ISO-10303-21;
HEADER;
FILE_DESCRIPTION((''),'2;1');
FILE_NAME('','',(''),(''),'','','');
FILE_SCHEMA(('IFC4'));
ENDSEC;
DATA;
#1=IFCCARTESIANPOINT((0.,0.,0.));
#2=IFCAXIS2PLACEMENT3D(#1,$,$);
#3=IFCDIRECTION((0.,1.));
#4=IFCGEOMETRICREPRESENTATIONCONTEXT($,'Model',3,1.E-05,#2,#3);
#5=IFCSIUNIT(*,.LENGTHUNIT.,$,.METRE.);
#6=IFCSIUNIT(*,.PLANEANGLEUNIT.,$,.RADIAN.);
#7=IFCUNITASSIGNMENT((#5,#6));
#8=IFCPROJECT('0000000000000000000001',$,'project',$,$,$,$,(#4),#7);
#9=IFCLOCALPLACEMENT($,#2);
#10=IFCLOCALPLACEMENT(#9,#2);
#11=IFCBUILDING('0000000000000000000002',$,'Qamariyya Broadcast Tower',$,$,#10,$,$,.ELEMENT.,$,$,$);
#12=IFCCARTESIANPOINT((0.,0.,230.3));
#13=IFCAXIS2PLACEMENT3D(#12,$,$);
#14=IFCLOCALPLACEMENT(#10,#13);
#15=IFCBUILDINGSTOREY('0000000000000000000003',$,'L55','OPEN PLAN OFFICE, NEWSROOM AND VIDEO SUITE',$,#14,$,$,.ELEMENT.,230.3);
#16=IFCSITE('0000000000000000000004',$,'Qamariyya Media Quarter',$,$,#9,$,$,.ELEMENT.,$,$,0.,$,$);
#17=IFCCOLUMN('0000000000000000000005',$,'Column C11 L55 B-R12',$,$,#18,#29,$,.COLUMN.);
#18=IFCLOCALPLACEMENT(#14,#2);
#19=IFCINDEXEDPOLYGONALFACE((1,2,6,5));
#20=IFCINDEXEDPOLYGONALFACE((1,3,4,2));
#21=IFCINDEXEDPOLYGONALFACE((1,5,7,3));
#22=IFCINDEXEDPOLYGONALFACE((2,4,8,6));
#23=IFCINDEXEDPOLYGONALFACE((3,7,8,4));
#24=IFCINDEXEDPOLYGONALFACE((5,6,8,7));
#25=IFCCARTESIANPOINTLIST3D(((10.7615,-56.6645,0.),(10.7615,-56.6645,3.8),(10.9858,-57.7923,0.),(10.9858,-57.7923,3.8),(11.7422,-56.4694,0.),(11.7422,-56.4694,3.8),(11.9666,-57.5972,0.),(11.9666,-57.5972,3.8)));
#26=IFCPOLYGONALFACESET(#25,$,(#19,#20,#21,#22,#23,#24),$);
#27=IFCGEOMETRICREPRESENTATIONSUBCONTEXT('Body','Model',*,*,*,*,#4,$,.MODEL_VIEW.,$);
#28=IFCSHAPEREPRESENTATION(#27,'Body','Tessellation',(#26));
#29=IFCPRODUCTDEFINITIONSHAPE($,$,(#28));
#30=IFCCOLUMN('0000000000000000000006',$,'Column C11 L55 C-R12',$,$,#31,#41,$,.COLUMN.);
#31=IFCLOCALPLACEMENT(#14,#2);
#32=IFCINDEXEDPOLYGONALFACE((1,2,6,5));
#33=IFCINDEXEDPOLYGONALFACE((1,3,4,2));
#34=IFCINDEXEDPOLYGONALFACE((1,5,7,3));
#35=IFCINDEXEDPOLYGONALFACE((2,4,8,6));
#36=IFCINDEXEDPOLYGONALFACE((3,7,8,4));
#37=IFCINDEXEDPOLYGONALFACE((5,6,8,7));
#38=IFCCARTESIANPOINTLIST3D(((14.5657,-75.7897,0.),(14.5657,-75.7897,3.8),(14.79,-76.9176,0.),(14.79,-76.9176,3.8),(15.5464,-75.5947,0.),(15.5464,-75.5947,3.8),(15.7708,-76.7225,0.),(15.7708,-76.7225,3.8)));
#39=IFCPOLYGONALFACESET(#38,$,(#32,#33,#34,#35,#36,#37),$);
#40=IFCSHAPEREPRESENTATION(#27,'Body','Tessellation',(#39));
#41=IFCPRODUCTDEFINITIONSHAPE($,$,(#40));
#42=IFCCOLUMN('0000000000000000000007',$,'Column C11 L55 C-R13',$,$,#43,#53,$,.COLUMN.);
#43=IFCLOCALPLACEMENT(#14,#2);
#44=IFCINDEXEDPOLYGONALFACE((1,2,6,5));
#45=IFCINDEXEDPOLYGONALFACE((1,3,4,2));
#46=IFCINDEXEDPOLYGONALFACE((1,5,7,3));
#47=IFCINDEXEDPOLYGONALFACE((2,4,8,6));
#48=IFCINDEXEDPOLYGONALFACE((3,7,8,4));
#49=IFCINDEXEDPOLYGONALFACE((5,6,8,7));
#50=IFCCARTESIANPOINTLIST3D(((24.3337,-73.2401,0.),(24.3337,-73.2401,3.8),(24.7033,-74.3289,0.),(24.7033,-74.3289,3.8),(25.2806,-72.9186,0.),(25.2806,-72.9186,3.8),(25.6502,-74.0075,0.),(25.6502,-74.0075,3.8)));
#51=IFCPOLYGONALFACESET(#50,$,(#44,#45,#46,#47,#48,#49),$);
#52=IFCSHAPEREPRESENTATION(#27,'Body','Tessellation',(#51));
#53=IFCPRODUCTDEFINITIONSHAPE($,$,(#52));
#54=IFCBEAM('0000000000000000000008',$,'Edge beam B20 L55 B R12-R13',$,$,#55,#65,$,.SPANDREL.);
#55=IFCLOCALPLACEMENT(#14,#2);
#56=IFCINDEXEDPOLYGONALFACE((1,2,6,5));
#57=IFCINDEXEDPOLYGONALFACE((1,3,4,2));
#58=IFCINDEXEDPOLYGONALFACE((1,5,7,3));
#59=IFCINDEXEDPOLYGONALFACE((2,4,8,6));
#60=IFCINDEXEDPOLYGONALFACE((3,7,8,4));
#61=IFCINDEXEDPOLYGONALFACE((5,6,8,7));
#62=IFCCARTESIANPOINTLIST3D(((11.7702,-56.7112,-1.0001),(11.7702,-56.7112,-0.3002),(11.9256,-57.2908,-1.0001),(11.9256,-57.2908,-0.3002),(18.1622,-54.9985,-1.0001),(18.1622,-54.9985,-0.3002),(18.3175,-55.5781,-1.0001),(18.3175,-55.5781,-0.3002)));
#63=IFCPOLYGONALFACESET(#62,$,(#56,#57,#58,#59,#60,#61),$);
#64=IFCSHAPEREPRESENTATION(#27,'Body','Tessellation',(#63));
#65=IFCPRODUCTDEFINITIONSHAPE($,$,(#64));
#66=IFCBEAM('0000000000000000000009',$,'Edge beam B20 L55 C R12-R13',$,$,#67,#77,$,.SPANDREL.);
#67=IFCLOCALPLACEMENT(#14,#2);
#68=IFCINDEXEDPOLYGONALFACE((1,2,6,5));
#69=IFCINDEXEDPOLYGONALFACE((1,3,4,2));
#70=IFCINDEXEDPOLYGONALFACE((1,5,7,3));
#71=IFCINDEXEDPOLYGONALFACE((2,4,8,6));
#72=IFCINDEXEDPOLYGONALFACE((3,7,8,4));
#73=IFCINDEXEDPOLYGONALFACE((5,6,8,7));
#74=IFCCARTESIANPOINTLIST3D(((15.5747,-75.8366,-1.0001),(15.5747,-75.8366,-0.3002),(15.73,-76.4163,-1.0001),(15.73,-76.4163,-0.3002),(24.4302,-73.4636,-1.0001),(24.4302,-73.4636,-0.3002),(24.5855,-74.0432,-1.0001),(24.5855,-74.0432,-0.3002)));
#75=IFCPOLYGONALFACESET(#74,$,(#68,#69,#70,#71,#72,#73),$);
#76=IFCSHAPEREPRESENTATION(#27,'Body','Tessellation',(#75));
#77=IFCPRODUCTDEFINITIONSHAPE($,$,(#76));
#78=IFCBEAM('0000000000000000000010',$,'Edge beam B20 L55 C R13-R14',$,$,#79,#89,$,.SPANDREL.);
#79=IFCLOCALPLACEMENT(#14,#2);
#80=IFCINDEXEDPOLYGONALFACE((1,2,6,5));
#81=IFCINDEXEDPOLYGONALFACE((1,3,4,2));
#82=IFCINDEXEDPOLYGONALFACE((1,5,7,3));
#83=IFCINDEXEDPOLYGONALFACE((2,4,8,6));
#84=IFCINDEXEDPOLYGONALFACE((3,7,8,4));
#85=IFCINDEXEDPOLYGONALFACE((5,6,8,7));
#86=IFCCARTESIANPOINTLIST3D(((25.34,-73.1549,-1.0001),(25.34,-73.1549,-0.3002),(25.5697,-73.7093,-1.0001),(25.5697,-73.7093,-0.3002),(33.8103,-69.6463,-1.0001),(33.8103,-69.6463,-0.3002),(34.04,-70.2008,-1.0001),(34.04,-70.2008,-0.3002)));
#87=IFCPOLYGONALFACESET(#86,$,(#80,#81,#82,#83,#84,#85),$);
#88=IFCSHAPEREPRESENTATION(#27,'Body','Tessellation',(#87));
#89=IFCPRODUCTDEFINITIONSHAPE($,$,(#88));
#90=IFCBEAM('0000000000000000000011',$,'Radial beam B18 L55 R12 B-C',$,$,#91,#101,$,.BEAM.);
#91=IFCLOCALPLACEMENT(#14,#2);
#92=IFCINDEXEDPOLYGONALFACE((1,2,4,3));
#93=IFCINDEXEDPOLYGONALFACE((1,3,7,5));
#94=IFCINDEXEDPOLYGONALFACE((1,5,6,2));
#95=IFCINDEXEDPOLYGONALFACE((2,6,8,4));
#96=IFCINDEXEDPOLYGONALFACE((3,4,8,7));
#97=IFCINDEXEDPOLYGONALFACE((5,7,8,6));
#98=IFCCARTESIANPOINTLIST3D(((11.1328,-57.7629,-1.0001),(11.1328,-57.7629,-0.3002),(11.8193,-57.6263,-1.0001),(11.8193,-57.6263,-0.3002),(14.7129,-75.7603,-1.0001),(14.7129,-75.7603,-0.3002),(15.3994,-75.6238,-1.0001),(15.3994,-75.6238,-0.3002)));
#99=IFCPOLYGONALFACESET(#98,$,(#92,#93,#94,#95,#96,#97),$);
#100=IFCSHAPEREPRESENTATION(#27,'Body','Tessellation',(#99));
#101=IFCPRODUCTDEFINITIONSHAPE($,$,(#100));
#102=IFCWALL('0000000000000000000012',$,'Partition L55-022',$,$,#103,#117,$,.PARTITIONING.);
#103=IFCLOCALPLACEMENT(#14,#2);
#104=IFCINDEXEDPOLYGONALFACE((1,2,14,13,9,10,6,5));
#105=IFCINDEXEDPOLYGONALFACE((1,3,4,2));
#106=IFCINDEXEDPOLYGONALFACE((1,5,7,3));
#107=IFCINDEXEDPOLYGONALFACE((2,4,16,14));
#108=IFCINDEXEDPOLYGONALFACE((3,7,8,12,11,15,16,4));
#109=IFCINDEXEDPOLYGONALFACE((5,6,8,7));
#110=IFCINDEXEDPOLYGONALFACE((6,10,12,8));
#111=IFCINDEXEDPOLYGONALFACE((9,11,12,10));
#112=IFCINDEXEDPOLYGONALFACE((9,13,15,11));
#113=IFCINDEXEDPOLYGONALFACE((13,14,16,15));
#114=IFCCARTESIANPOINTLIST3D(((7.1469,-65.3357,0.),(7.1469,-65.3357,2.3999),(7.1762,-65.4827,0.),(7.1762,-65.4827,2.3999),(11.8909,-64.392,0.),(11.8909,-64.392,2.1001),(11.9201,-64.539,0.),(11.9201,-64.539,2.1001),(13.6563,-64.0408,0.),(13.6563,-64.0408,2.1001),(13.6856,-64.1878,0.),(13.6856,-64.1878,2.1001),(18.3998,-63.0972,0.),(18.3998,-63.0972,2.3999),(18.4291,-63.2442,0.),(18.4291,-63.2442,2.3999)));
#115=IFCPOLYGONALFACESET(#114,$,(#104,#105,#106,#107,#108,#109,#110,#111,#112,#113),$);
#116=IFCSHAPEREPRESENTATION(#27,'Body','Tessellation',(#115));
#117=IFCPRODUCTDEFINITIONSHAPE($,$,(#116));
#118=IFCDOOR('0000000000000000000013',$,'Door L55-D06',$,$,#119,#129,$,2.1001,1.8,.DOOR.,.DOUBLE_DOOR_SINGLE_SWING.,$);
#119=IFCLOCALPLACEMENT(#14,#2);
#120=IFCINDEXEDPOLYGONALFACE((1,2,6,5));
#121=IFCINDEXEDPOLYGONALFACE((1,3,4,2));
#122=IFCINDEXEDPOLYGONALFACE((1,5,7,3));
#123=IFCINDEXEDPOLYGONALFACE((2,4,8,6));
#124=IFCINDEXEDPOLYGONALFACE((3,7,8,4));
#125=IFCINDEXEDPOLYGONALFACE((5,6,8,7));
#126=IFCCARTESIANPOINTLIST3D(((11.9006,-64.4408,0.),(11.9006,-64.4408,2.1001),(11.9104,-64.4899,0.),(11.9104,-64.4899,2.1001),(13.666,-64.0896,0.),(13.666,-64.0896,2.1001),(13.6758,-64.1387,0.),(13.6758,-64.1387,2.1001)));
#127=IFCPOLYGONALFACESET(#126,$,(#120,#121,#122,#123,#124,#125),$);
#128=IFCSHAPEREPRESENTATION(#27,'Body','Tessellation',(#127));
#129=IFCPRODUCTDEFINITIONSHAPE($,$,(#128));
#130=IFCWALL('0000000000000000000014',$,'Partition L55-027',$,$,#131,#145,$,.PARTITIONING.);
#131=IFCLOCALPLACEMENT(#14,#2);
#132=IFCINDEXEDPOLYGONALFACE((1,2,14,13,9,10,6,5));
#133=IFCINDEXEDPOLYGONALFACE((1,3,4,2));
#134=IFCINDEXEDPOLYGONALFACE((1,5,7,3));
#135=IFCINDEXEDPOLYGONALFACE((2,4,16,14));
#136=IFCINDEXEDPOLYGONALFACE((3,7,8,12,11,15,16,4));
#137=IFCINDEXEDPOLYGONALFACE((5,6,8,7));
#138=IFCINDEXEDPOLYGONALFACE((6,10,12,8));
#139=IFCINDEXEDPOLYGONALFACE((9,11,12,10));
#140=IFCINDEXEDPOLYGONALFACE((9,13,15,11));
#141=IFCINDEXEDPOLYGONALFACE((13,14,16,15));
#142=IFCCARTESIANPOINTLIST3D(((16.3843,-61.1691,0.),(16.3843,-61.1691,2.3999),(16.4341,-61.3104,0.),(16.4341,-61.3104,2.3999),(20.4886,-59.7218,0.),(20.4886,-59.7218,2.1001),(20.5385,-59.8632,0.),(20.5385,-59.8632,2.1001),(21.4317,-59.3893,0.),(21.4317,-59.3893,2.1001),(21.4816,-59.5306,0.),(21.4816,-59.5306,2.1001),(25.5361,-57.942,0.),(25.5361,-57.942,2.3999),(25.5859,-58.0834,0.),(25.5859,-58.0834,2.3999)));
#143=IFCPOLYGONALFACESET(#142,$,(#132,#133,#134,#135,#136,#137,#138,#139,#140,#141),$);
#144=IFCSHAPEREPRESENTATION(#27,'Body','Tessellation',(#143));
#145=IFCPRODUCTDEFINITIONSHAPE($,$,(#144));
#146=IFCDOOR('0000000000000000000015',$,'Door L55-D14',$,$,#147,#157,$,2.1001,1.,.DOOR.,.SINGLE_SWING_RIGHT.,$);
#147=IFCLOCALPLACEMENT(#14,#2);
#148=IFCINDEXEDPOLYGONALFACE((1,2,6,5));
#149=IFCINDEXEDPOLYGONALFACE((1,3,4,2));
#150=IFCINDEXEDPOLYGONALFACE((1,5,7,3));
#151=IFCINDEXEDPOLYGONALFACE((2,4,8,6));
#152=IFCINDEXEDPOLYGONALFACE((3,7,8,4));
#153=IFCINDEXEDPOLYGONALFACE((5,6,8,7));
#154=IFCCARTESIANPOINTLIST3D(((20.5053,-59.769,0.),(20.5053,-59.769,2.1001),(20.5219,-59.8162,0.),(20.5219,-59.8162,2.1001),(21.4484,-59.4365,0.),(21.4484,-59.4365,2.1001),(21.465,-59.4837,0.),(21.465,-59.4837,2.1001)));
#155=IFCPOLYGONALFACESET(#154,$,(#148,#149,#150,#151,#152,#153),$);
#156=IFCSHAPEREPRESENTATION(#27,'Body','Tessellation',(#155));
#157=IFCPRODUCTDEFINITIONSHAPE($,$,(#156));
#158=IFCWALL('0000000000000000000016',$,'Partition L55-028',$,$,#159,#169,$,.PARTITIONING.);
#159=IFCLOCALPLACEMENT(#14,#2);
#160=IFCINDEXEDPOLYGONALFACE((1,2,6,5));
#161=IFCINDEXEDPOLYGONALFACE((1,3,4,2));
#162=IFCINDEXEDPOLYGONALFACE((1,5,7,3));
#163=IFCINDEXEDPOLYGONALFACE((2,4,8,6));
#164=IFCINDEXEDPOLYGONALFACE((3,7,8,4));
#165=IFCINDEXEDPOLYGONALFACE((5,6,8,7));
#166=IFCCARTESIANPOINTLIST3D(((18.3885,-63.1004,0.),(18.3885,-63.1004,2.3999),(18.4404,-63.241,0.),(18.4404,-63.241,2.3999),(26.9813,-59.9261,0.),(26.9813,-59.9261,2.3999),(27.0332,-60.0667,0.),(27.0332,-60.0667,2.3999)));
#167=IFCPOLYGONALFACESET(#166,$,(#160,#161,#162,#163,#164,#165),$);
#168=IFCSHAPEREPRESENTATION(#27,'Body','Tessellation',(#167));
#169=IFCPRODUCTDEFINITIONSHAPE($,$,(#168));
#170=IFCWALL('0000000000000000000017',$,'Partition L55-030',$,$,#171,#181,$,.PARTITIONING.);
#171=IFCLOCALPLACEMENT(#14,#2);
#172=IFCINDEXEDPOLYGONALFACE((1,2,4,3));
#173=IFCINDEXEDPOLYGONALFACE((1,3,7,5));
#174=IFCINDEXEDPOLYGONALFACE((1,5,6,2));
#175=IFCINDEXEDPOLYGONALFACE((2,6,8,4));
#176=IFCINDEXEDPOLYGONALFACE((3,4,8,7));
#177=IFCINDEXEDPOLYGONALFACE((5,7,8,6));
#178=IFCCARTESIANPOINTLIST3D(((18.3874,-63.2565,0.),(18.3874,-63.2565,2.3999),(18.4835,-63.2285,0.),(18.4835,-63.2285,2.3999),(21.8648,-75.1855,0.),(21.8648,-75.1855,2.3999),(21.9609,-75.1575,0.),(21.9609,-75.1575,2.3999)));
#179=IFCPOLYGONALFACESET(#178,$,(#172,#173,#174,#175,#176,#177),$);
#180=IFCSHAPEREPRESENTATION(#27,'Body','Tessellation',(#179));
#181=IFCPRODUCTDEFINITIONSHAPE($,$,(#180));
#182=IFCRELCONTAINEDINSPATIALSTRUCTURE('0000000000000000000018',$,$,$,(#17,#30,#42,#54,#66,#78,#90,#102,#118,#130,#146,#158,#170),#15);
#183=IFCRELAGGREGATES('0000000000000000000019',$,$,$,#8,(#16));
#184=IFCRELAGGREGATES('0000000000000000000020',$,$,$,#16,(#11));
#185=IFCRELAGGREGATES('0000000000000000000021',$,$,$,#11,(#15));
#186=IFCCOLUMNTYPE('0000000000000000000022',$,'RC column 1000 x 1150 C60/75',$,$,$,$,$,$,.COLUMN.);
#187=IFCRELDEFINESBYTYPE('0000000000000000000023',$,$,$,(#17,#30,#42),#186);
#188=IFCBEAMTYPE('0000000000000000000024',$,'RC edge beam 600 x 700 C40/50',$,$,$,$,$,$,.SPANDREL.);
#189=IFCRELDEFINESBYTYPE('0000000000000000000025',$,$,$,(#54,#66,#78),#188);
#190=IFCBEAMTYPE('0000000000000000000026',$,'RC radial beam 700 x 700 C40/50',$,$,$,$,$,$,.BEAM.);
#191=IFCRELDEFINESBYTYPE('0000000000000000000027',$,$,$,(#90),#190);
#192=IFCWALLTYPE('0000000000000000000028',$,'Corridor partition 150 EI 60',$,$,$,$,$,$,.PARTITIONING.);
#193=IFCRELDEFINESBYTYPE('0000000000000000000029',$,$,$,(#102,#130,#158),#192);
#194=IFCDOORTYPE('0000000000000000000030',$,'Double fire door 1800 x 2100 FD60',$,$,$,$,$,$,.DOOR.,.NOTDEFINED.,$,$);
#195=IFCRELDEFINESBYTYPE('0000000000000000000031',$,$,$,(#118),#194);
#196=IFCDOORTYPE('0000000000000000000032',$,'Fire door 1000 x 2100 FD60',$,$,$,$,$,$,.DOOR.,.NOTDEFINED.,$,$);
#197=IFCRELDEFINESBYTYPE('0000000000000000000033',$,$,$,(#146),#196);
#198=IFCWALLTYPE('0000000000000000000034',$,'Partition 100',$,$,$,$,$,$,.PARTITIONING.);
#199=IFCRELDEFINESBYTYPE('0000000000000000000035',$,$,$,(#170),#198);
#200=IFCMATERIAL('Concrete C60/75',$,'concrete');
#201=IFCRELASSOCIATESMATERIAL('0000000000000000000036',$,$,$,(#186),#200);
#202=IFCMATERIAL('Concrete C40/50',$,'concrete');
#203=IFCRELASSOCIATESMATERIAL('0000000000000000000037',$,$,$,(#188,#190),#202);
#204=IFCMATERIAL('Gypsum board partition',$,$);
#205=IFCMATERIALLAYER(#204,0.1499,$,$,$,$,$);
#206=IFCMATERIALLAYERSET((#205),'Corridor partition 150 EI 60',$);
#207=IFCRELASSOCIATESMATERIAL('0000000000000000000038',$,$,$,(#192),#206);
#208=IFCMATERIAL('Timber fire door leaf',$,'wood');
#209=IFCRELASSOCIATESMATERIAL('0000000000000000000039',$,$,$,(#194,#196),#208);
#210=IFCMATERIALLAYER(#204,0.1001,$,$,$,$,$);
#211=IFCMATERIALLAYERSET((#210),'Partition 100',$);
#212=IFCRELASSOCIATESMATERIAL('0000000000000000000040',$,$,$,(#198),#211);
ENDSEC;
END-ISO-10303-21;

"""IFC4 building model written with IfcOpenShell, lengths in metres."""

from ifc_helpers import new_model, si_unit, direction, frame, frame_2d, origin, origin_2d, place, context, subcontext, project, spatial, rectangle, extrude, material, layer, layer_set, material_profile, profile_set, type_object, element, fill, save


model = new_model("IFC4")

# Units and contexts
model_context = context("Model", 3, precision=1e-05, world=origin(), true_north=direction((0.0, 1.0)))
body_context = subcontext(model_context, "Body", "Model", "MODEL_VIEW")
ifc_project = project(units=[si_unit("LENGTHUNIT", "METRE"), si_unit("PLANEANGLEUNIT", "RADIAN")], contexts=[model_context])

# Site, building, storey
site_placement = place(None, origin())
site = spatial("IfcSite", under=ifc_project, at=site_placement, Name="Qamariyya Media Quarter", CompositionType="ELEMENT", RefElevation=0.0)
building_placement = place(site_placement, origin())
building = spatial("IfcBuilding", under=site, at=building_placement, Name="Qamariyya Broadcast Tower", CompositionType="ELEMENT")
storey_placement = place(building_placement, frame((0.0, 0.0, 230.3)))
storey = spatial("IfcBuildingStorey", under=building, at=storey_placement, Name="L55", Description="OPEN PLAN OFFICE, NEWSROOM AND VIDEO SUITE", CompositionType="ELEMENT", Elevation=230.3)

# Columns
ifc_material_1 = material(Name="Concrete C60/75", Category="concrete")
ifc_material_profile_1 = material_profile(ifc_material_1, rectangle(XDim=1.0, YDim=1.1499, at=origin_2d()))
ifc_profile_set_1 = profile_set([ifc_material_profile_1], Name="Concrete C60/75")
column_type = type_object("IfcColumnType", Name="RC column 1000 x 1150 C60/75", PredefinedType="COLUMN", material=ifc_profile_set_1)
for number, where, z_axis, x_axis, name in (
    (1, (11.364, -57.1309, 0.0), (0.0, 0.0, 1.0), (0.980785, 0.19509, 0.0), "Column C11 L55 B-R12"),
    (2, (15.1682, -76.2561, 0.0), (0.0, 0.0, 1.0), (0.980785, 0.19509, 0.0), "Column C11 L55 C-R12"),
    (3, (24.9919, -73.6238, 0.0), (0.0, 0.0, 1.0), (0.94693, 0.321439, 0.0), "Column C11 L55 C-R13"),
):
    element("IfcColumn", number, at=place(storey_placement, frame(where, z_axis=z_axis, x_axis=x_axis)), inside=storey, type_object=column_type, Name=name, PredefinedType="COLUMN", context=body_context, shape_type="SweptSolid", body=[
        extrude(rectangle(XDim=1.0, YDim=1.1499, at=origin_2d()), origin(), (0.0, 0.0, 1.0), 3.8),
    ])

# Beams
ifc_material_2 = material(Name="Concrete C40/50", Category="concrete")
ifc_material_profile_2 = material_profile(ifc_material_2, rectangle(XDim=0.6001, YDim=0.7, at=origin_2d()))
ifc_profile_set_2 = profile_set([ifc_material_profile_2], Name="Concrete C40/50")
beam_type_1 = type_object("IfcBeamType", Name="RC edge beam 600 x 700 C40/50", PredefinedType="SPANDREL", material=ifc_profile_set_2)
beam_1_placement = place(storey_placement, frame((11.8479, -57.001, -0.6501), z_axis=(0.965927, 0.258813, 0.0), x_axis=(-0.258813, 0.965927, 0.0)))
element("IfcBeam", 4, at=beam_1_placement, inside=storey, type_object=beam_type_1, Name="Edge beam B20 L55 B R12-R13", PredefinedType="SPANDREL", context=body_context, shape_type="SweptSolid", body=[
    extrude(rectangle(XDim=0.6001, YDim=0.7, at=origin_2d()), origin(), (0.0, 0.0, 1.0), 6.6174),
])
beam_2_placement = place(storey_placement, frame((15.6523, -76.1265, -0.6501), z_axis=(0.96592, 0.258843, 0.0), x_axis=(-0.258843, 0.96592, 0.0)))
element("IfcBeam", 5, at=beam_2_placement, inside=storey, type_object=beam_type_1, Name="Edge beam B20 L55 C R12-R13", PredefinedType="SPANDREL", context=body_context, shape_type="SweptSolid", body=[
    extrude(rectangle(XDim=0.6001, YDim=0.7, at=origin_2d()), origin(), (0.0, 0.0, 1.0), 9.168),
])
beam_3_placement = place(storey_placement, frame((25.4548, -73.4321, -0.6501), z_axis=(0.923877, 0.38269, 0.0), x_axis=(-0.38269, 0.923877, 0.0)))
element("IfcBeam", 6, at=beam_3_placement, inside=storey, type_object=beam_type_1, Name="Edge beam B20 L55 C R13-R14", PredefinedType="SPANDREL", context=body_context, shape_type="SweptSolid", body=[
    extrude(rectangle(XDim=0.6001, YDim=0.7, at=origin_2d()), origin(), (0.0, 0.0, 1.0), 9.1682),
])
ifc_material_profile_3 = material_profile(ifc_material_2, rectangle(XDim=0.7, YDim=0.7, at=origin_2d()))
ifc_profile_set_3 = profile_set([ifc_material_profile_3], Name="Concrete C40/50")
beam_type_2 = type_object("IfcBeamType", Name="RC radial beam 700 x 700 C40/50", PredefinedType="BEAM", material=ifc_profile_set_3)
beam_4_placement = place(storey_placement, frame((11.4761, -57.6946, -0.6501), z_axis=(0.195098, -0.980784, 0.0), x_axis=(0.980784, 0.195098, 0.0)))
element("IfcBeam", 7, at=beam_4_placement, inside=storey, type_object=beam_type_2, Name="Radial beam B18 L55 R12 B-C", PredefinedType="BEAM", context=body_context, shape_type="SweptSolid", body=[
    extrude(rectangle(XDim=0.7, YDim=0.7, at=origin_2d()), origin(), (0.0, 0.0, 1.0), 18.3501),
])

# Walls, openings, doors
ifc_material_3 = material(Name="Gypsum board partition")
ifc_layer_1 = layer(ifc_material_3, 0.1499)
ifc_layer_set_1 = layer_set([ifc_layer_1], Name="Corridor partition 150 EI 60")
wall_type_1 = type_object("IfcWallType", Name="Corridor partition 150 EI 60", PredefinedType="PARTITIONING", material=ifc_layer_set_1)
wall_1_placement = place(storey_placement, frame((18.4146, -63.1707, 0.0), z_axis=(0.0, 0.0, 1.0), x_axis=(-0.980782, -0.195105, 0.0)))
wall_1 = element("IfcWall", 8, at=wall_1_placement, inside=storey, type_object=wall_type_1, Name="Partition L55-022", PredefinedType="PARTITIONING", context=body_context, shape_type="SweptSolid", body=[
    extrude(rectangle(XDim=11.4734, YDim=0.1499, at=frame_2d((5.7368, 0.0))), origin(), (0.0, 0.0, 1.0), 2.3999),
])
opening_1_placement = place(wall_1_placement, frame((4.8367, 0.0, 0.0)))
opening_1 = element("IfcOpeningElement", 9, at=opening_1_placement, cuts=wall_1, PredefinedType="OPENING", context=body_context, shape_type="SweptSolid", body=[
    extrude(rectangle(XDim=1.8, YDim=2.1001, at=frame_2d((0.8999, 1.05))), frame((0.0, 0.085, 0.0), z_axis=(0.0, -1.0, 0.0), x_axis=(1.0, 0.0, 0.0)), (0.0, 0.0, 1.0), 0.1699),
])
ifc_material_4 = material(Name="Timber fire door leaf", Category="wood")
door_type_1 = type_object("IfcDoorType", Name="Double fire door 1800 x 2100 FD60", OperationType="NOTDEFINED", PredefinedType="DOOR", material=ifc_material_4)
door_1_placement = place(opening_1_placement, origin())
door_1 = element("IfcDoor", 10, at=door_1_placement, inside=storey, type_object=door_type_1, Name="Door L55-D06", OperationType="DOUBLE_DOOR_SINGLE_SWING", OverallHeight=2.1001, OverallWidth=1.8, PredefinedType="DOOR", context=body_context, shape_type="SweptSolid", body=[
    extrude(rectangle(XDim=1.8, YDim=2.1001, at=frame_2d((0.8999, 1.05))), frame((0.0, 0.0249, 0.0), z_axis=(0.0, -1.0, 0.0), x_axis=(1.0, 0.0, 0.0)), (0.0, 0.0, 1.0), 0.05),
])
fill(opening_1, door_1)
wall_2_placement = place(storey_placement, frame((16.4092, -61.2397, 0.0), z_axis=(0.0, 0.0, 1.0), x_axis=(0.943088, 0.332544, 0.0)))
wall_2 = element("IfcWall", 11, at=wall_2_placement, inside=storey, type_object=wall_type_1, Name="Partition L55-027", PredefinedType="PARTITIONING", context=body_context, shape_type="SweptSolid", body=[
    extrude(rectangle(XDim=9.7041, YDim=0.1499, at=frame_2d((4.8521, 0.0))), origin(), (0.0, 0.0, 1.0), 2.3999),
])
opening_2_placement = place(wall_2_placement, frame((4.3521, 0.0, 0.0)))
opening_2 = element("IfcOpeningElement", 12, at=opening_2_placement, cuts=wall_2, PredefinedType="OPENING", context=body_context, shape_type="SweptSolid", body=[
    extrude(rectangle(XDim=1.0, YDim=2.1001, at=frame_2d((0.5, 1.05))), frame((0.0, 0.085, 0.0), z_axis=(0.0, -1.0, 0.0), x_axis=(1.0, 0.0, 0.0)), (0.0, 0.0, 1.0), 0.1699),
])
door_type_2 = type_object("IfcDoorType", Name="Fire door 1000 x 2100 FD60", OperationType="NOTDEFINED", PredefinedType="DOOR", material=ifc_material_4)
door_2_placement = place(opening_2_placement, origin())
door_2 = element("IfcDoor", 13, at=door_2_placement, inside=storey, type_object=door_type_2, Name="Door L55-D14", OperationType="SINGLE_SWING_RIGHT", OverallHeight=2.1001, OverallWidth=1.0, PredefinedType="DOOR", context=body_context, shape_type="SweptSolid", body=[
    extrude(rectangle(XDim=1.0, YDim=2.1001, at=frame_2d((0.5, 1.05))), frame((0.0, 0.0249, 0.0), z_axis=(0.0, -1.0, 0.0), x_axis=(1.0, 0.0, 0.0)), (0.0, 0.0, 1.0), 0.05),
])
fill(opening_2, door_2)

# Walls
wall_3_placement = place(storey_placement, frame((18.4146, -63.1707, 0.0), z_axis=(0.0, 0.0, 1.0), x_axis=(0.93804, 0.346528, 0.0)))
element("IfcWall", 14, at=wall_3_placement, inside=storey, type_object=wall_type_1, Name="Partition L55-028", PredefinedType="PARTITIONING", context=body_context, shape_type="SweptSolid", body=[
    extrude(rectangle(XDim=9.1604, YDim=0.1499, at=frame_2d((4.5801, 0.0))), origin(), (0.0, 0.0, 1.0), 2.3999),
])
ifc_layer_2 = layer(ifc_material_3, 0.1001)
ifc_layer_set_2 = layer_set([ifc_layer_2], Name="Partition 100")
wall_type_2 = type_object("IfcWallType", Name="Partition 100", PredefinedType="PARTITIONING", material=ifc_layer_set_2)
wall_4_placement = place(storey_placement, frame((21.9128, -75.1716, 0.0), z_axis=(0.0, 0.0, 1.0), x_axis=(-0.279853, 0.960043, 0.0)))
element("IfcWall", 15, at=wall_4_placement, inside=storey, type_object=wall_type_2, Name="Partition L55-030", PredefinedType="PARTITIONING", context=body_context, shape_type="SweptSolid", body=[
    extrude(rectangle(XDim=12.4255, YDim=0.1001, at=frame_2d((6.2129, 0.0))), origin(), (0.0, 0.0, 1.0), 2.3999),
])

save(model, "model.ifc")
